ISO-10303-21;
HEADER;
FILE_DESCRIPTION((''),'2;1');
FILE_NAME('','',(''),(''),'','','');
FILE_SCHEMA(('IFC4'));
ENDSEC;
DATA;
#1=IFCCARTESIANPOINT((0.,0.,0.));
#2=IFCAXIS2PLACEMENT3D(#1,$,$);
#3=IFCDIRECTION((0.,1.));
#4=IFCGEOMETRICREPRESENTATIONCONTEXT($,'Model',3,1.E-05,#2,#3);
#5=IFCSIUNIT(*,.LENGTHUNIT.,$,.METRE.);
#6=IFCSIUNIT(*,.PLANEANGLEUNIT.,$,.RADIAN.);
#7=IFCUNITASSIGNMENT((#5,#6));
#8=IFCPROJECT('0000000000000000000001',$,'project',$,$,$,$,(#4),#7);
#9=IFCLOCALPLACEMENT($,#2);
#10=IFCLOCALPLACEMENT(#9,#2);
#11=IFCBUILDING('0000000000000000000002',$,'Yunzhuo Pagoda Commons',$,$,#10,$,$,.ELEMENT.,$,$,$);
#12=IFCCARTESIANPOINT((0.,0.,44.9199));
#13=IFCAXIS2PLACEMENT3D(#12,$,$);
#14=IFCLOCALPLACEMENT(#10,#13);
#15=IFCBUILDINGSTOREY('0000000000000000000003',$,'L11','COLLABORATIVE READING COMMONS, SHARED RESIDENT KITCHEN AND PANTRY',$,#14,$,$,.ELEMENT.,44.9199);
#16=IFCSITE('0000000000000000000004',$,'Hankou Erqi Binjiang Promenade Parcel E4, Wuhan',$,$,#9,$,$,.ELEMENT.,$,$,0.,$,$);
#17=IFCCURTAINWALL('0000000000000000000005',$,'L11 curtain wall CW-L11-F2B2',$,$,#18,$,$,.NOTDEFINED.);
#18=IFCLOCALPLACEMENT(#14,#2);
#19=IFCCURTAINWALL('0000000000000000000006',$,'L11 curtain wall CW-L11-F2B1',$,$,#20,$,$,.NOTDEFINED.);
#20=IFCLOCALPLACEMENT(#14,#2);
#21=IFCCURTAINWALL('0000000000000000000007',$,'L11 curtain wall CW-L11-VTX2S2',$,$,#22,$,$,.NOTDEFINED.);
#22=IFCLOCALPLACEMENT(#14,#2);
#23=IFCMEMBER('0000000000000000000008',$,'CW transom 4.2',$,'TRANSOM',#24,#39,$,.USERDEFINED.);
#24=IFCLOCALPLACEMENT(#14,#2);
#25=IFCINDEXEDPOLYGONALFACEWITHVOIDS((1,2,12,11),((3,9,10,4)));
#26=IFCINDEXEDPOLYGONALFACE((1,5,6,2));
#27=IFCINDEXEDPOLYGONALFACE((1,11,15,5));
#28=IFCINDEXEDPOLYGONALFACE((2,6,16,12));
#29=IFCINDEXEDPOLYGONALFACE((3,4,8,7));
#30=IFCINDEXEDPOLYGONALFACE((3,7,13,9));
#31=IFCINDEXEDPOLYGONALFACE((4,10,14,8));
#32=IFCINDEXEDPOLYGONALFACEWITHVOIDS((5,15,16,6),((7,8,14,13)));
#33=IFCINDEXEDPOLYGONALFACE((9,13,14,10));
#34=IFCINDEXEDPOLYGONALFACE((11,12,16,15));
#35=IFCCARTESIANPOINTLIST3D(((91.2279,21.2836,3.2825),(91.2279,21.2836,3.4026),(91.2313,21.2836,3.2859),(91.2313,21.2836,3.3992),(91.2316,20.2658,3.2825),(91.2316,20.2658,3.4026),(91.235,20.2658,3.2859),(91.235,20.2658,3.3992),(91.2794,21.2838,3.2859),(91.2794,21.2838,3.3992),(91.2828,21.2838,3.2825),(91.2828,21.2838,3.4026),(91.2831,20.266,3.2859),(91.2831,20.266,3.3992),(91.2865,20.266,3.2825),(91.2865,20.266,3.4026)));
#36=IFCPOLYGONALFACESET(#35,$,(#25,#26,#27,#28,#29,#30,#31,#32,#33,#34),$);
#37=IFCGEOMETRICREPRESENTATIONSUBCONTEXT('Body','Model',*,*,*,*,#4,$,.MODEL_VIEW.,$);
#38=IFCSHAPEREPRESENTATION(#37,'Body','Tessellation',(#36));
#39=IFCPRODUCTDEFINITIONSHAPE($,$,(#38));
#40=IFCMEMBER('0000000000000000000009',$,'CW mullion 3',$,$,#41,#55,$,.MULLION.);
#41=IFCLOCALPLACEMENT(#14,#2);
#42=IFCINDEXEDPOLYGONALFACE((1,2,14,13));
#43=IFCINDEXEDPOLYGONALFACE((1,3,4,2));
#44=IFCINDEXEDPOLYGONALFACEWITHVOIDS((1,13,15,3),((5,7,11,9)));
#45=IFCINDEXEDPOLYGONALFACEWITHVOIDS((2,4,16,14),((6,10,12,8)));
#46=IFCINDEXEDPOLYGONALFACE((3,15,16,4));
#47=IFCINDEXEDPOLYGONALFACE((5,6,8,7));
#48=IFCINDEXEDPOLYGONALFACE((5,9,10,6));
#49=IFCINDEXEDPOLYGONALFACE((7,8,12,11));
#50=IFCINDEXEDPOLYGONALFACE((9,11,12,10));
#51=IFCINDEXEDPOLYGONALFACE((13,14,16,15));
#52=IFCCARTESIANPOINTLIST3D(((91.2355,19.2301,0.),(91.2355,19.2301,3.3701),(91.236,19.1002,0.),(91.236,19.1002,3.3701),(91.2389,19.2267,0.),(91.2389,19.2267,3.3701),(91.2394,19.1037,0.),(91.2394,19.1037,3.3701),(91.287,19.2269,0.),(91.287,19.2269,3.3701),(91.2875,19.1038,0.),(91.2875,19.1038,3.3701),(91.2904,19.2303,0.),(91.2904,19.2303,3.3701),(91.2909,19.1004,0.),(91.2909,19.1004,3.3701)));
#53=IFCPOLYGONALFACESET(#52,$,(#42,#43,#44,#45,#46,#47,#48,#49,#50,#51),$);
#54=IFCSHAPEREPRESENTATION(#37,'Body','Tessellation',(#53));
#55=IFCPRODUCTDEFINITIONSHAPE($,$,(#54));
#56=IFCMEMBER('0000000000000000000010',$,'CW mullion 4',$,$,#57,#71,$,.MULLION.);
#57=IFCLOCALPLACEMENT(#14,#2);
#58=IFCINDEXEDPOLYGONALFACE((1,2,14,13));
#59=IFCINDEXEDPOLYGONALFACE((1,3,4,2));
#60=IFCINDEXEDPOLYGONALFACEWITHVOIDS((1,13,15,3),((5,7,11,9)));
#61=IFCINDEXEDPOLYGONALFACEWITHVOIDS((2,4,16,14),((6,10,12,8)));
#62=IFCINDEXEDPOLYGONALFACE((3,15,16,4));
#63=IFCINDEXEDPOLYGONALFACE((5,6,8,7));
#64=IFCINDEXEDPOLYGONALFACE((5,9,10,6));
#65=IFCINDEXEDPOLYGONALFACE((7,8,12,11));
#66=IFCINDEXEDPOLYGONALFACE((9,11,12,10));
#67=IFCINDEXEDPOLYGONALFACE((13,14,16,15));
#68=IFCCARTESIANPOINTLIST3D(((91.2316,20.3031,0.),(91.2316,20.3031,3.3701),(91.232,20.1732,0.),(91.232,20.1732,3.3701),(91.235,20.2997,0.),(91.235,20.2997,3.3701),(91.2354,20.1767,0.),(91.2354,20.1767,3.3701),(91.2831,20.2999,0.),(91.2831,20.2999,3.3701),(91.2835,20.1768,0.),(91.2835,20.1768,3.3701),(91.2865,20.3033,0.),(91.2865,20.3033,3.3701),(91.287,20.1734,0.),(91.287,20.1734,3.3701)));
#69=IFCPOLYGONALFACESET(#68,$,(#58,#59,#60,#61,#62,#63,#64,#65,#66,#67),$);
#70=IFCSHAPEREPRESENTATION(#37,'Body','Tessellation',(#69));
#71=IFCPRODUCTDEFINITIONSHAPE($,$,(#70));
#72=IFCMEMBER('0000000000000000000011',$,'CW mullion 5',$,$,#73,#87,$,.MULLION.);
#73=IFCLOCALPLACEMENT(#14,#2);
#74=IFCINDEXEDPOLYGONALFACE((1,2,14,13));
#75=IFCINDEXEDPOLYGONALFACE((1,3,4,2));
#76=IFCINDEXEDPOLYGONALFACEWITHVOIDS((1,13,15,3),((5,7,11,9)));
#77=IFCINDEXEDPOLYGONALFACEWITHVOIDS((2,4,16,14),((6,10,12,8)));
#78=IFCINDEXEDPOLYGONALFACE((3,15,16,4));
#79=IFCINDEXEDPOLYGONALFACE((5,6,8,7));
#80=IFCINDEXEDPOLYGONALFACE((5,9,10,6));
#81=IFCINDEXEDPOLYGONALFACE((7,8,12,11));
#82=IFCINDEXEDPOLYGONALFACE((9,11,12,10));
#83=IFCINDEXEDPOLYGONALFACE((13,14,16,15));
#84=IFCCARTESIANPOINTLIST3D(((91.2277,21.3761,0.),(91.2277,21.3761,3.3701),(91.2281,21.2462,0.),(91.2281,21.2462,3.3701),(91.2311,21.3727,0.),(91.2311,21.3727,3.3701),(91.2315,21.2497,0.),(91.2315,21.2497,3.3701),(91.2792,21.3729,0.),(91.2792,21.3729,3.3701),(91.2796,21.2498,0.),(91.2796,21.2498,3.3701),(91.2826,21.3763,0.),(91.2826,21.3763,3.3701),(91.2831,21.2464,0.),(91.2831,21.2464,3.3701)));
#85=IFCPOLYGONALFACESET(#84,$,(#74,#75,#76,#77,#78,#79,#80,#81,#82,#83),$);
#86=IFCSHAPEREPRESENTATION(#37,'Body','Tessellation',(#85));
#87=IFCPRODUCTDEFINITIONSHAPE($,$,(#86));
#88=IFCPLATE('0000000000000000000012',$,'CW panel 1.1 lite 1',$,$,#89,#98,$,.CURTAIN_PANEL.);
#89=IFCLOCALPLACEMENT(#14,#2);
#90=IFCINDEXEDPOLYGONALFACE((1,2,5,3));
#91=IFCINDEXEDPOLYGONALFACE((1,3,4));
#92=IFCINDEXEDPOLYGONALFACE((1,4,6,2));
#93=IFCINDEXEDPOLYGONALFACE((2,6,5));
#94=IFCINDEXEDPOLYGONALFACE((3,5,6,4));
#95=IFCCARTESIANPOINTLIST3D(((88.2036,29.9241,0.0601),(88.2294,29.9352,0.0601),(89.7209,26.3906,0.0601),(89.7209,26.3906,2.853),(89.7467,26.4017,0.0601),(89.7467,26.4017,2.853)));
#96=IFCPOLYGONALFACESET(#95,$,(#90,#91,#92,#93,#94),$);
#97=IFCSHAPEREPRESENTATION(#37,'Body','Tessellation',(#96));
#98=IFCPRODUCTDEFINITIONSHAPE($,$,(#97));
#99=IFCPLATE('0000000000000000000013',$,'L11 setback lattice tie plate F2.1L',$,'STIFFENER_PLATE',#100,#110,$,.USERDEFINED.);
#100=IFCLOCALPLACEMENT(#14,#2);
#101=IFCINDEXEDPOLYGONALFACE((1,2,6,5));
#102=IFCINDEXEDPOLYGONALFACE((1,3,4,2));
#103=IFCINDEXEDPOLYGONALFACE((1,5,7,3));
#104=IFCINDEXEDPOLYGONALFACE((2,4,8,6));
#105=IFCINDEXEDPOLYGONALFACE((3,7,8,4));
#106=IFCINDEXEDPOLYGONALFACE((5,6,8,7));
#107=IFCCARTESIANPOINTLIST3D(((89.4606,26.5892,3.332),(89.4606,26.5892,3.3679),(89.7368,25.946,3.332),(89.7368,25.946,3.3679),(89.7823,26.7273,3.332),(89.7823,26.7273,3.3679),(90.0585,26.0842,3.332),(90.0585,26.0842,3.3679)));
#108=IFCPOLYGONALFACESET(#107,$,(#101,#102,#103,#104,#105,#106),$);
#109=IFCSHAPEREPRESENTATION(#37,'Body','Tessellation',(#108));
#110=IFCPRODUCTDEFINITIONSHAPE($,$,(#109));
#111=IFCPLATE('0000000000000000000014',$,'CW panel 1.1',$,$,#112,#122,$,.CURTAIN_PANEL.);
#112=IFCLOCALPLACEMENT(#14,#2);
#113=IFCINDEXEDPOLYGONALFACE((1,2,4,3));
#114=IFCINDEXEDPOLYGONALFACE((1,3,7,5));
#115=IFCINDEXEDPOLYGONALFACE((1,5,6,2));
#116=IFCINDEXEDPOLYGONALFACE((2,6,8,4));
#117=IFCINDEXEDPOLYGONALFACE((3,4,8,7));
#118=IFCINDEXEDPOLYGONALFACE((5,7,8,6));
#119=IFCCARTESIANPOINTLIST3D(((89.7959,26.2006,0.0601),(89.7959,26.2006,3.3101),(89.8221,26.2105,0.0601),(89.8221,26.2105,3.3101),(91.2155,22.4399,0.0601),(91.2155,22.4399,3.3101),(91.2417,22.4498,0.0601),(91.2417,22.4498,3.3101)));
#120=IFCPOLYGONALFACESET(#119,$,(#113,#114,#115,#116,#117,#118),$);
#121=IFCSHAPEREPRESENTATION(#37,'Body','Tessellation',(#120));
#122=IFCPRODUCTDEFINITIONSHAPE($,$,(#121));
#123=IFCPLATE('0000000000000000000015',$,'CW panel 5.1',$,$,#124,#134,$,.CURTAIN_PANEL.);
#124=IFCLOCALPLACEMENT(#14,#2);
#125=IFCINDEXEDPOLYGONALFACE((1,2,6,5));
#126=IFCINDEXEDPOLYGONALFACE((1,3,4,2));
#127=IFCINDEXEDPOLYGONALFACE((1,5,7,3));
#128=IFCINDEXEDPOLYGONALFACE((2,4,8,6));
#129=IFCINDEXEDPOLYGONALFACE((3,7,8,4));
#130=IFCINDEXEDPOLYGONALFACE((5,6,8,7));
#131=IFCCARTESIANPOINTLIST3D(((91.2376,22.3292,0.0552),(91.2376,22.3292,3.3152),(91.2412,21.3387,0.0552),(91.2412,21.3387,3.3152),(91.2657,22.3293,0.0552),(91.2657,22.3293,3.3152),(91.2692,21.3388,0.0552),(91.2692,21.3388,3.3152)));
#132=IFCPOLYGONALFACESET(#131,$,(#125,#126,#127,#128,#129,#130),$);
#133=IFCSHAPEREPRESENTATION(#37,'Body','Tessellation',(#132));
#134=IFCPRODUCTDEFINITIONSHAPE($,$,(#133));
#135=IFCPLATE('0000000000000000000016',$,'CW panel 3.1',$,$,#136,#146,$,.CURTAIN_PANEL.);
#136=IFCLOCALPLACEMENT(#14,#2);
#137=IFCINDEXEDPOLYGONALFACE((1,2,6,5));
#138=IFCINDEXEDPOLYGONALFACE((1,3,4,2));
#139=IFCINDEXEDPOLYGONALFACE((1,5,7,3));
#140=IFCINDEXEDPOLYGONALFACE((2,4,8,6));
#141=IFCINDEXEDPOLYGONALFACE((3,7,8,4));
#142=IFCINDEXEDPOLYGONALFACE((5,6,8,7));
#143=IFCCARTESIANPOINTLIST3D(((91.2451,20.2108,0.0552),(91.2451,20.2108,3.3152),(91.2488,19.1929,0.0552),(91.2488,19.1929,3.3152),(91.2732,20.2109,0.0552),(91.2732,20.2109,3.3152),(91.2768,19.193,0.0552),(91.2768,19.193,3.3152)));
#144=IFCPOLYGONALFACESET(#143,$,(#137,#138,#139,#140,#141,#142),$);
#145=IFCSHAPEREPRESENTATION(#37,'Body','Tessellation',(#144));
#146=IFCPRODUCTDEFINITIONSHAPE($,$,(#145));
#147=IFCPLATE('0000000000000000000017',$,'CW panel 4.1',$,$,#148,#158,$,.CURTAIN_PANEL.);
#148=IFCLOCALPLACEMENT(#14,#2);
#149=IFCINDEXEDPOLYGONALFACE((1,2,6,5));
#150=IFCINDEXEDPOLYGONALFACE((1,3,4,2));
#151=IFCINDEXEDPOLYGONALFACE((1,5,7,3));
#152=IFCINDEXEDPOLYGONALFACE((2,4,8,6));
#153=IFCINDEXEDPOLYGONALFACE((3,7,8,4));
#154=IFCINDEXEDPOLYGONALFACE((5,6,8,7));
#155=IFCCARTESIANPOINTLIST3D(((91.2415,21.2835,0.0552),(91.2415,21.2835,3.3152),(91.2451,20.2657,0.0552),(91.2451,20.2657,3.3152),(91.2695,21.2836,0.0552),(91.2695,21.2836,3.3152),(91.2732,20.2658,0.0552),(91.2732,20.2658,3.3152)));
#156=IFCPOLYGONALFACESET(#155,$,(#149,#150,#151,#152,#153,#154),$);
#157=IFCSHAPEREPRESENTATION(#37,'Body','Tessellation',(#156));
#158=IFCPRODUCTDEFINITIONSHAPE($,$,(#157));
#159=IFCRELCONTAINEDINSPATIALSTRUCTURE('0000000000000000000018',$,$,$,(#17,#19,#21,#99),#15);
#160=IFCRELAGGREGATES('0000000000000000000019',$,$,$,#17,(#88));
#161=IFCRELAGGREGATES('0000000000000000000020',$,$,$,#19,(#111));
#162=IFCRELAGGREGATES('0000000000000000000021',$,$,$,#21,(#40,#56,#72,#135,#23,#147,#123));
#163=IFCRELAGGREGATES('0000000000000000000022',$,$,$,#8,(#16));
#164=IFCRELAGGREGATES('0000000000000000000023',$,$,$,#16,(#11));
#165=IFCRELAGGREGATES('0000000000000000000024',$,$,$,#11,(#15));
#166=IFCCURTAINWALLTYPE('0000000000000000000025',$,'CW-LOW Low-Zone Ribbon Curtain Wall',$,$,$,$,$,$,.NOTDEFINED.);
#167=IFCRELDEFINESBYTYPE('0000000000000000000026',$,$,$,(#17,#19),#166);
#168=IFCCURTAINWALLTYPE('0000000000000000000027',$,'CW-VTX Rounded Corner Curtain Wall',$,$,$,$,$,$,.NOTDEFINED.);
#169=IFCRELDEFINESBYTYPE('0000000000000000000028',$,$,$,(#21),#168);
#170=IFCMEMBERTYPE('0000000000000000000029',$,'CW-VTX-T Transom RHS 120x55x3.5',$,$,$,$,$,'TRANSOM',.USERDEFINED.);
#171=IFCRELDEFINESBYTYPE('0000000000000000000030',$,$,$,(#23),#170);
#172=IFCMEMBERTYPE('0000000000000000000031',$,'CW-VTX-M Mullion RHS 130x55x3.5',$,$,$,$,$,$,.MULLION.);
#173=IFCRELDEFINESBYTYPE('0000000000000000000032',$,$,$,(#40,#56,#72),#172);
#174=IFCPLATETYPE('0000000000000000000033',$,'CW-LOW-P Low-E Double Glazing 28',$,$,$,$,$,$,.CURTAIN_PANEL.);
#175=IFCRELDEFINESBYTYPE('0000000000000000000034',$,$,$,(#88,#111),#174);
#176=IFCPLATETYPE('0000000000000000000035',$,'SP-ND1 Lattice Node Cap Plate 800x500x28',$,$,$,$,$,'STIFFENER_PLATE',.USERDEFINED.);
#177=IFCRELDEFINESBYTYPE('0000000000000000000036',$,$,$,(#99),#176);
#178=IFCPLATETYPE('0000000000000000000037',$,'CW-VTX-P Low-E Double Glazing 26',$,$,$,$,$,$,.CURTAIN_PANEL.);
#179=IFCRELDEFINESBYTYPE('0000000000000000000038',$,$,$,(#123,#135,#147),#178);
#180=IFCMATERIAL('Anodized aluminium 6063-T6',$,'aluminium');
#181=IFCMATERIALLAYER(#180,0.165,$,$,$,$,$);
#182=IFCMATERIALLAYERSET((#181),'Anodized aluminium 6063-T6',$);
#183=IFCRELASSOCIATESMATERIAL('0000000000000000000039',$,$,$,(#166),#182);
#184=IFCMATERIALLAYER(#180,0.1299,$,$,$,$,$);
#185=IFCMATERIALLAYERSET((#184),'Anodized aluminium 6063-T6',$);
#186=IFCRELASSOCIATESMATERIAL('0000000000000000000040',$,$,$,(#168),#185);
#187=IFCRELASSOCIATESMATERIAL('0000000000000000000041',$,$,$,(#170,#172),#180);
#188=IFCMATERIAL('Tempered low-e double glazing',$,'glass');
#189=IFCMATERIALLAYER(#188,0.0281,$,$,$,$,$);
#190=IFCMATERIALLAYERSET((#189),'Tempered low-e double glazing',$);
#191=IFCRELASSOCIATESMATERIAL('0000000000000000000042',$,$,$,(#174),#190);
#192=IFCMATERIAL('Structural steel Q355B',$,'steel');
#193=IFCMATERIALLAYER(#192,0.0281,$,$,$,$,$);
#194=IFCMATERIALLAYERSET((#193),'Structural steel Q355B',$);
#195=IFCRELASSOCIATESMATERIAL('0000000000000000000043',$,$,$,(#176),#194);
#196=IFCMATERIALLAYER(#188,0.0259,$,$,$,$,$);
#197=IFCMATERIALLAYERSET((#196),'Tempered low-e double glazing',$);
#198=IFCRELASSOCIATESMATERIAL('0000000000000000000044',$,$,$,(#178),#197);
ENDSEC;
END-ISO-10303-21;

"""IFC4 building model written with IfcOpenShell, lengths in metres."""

from ifc_helpers import new_model, si_unit, direction, frame, origin, origin_2d, place, context, subcontext, project, spatial, polyline, rectangle, hollow_rectangle, outline, extrude, source, transform, mapped, material, layer, layer_set, material_profile, profile_set, type_object, element, aggregate, save


model = new_model("IFC4")

# Units and contexts
model_context = context("Model", 3, precision=1e-05, world=origin(), true_north=direction((0.0, 1.0)))
body_context = subcontext(model_context, "Body", "Model", "MODEL_VIEW")
ifc_project = project(units=[si_unit("LENGTHUNIT", "METRE"), si_unit("PLANEANGLEUNIT", "RADIAN")], contexts=[model_context])

# Site, building, storey
site_placement = place(None, origin())
site = spatial("IfcSite", under=ifc_project, at=site_placement, Name="Hankou Erqi Binjiang Promenade Parcel E4, Wuhan", CompositionType="ELEMENT", RefElevation=0.0)
building_placement = place(site_placement, origin())
building = spatial("IfcBuilding", under=site, at=building_placement, Name="Yunzhuo Pagoda Commons", CompositionType="ELEMENT")
storey_placement = place(building_placement, frame((0.0, 0.0, 44.9199)))
storey = spatial("IfcBuildingStorey", under=building, at=storey_placement, Name="L11", Description="COLLABORATIVE READING COMMONS, SHARED RESIDENT KITCHEN AND PANTRY", CompositionType="ELEMENT", Elevation=44.9199)

# Shared definitions
ifc_material_1 = material(Name="Structural steel Q355B", Category="steel")

# Curtain wall
ifc_material_2 = material(Name="Anodized aluminium 6063-T6", Category="aluminium")
ifc_layer_1 = layer(ifc_material_2, 0.165)
ifc_layer_set_1 = layer_set([ifc_layer_1], Name="Anodized aluminium 6063-T6")
curtain_wall_type_1 = type_object("IfcCurtainWallType", Name="CW-LOW Low-Zone Ribbon Curtain Wall", PredefinedType="NOTDEFINED", material=ifc_layer_set_1)
curtain_wall_1_placement = place(storey_placement, origin())
curtain_wall_1 = element("IfcCurtainWall", 1, at=curtain_wall_1_placement, inside=storey, type_object=curtain_wall_type_1, Name="L11 curtain wall CW-L11-F2B2", PredefinedType="NOTDEFINED")

# Curtain wall
curtain_wall_2_placement = place(storey_placement, origin())
curtain_wall_2 = element("IfcCurtainWall", 2, at=curtain_wall_2_placement, inside=storey, type_object=curtain_wall_type_1, Name="L11 curtain wall CW-L11-F2B1", PredefinedType="NOTDEFINED")

# Curtain wall, members
ifc_layer_2 = layer(ifc_material_2, 0.1299)
ifc_layer_set_2 = layer_set([ifc_layer_2], Name="Anodized aluminium 6063-T6")
curtain_wall_type_2 = type_object("IfcCurtainWallType", Name="CW-VTX Rounded Corner Curtain Wall", PredefinedType="NOTDEFINED", material=ifc_layer_set_2)
curtain_wall_3_placement = place(storey_placement, origin())
curtain_wall_3 = element("IfcCurtainWall", 3, at=curtain_wall_3_placement, inside=storey, type_object=curtain_wall_type_2, Name="L11 curtain wall CW-L11-VTX2S2", PredefinedType="NOTDEFINED")
ifc_material_profile_1 = material_profile(ifc_material_2, hollow_rectangle(XDim=0.0549, YDim=0.1201, WallThickness=0.0034, at=origin_2d()), Name="Anodized aluminium 6063-T6")
ifc_profile_set_1 = profile_set([ifc_material_profile_1], Name="Anodized aluminium 6063-T6")
member_type_1 = type_object("IfcMemberType", Name="CW-VTX-T Transom RHS 120x55x3.5", ElementType="TRANSOM", PredefinedType="USERDEFINED", material=ifc_profile_set_1)
shared_shape_1 = source(origin(), body_context, "Body", "SweptSolid", [
    extrude(hollow_rectangle(XDim=0.0549, YDim=0.1201, WallThickness=0.0034, at=origin_2d()), origin(), (0.0, 0.0, 1.0), 1.0178),
])
member_1_placement = place(storey_placement, frame((91.259, 20.2659, 3.3425), z_axis=(-0.003598, 0.999994, 0.0), x_axis=(-0.999994, -0.003598, 0.0)))
member_1 = element("IfcMember", 4, at=member_1_placement, type_object=member_type_1, Name="CW transom 4.2", ObjectType="TRANSOM", PredefinedType="USERDEFINED", context=body_context, shape_type="MappedRepresentation", body=[
    mapped(shared_shape_1, transform((0.0, 0.0, 0.0), scale=1.0)),
])
ifc_material_profile_2 = material_profile(ifc_material_2, hollow_rectangle(XDim=0.0549, YDim=0.1299, WallThickness=0.0034, at=origin_2d()), Name="Anodized aluminium 6063-T6")
ifc_profile_set_2 = profile_set([ifc_material_profile_2], Name="Anodized aluminium 6063-T6")
member_type_2 = type_object("IfcMemberType", Name="CW-VTX-M Mullion RHS 130x55x3.5", PredefinedType="MULLION", material=ifc_profile_set_2)
shared_shape_2 = source(origin(), body_context, "Body", "SweptSolid", [
    extrude(hollow_rectangle(XDim=0.0549, YDim=0.1299, WallThickness=0.0034, at=origin_2d()), origin(), (0.0, 0.0, 1.0), 3.3701),
])
member_2_placement = place(storey_placement, frame((91.2632, 19.1653, 0.0), z_axis=(0.0, 0.0, 1.0), x_axis=(-0.999994, -0.003579, 0.0)))
member_2 = element("IfcMember", 5, at=member_2_placement, type_object=member_type_2, Name="CW mullion 3", PredefinedType="MULLION", context=body_context, shape_type="MappedRepresentation", body=[
    mapped(shared_shape_2, transform((0.0, 0.0, 0.0), scale=1.0)),
])
member_3_placement = place(storey_placement, frame((91.2593, 20.2383, 0.0), z_axis=(0.0, 0.0, 1.0), x_axis=(-0.999994, -0.003579, 0.0)))
member_3 = element("IfcMember", 6, at=member_3_placement, type_object=member_type_2, Name="CW mullion 4", PredefinedType="MULLION", context=body_context, shape_type="MappedRepresentation", body=[
    mapped(shared_shape_2, transform((0.0, 0.0, 0.0), scale=1.0)),
])
member_4_placement = place(storey_placement, frame((91.2554, 21.3113, 0.0), z_axis=(0.0, 0.0, 1.0), x_axis=(-0.999994, -0.003579, 0.0)))
member_4 = element("IfcMember", 7, at=member_4_placement, type_object=member_type_2, Name="CW mullion 5", PredefinedType="MULLION", context=body_context, shape_type="MappedRepresentation", body=[
    mapped(shared_shape_2, transform((0.0, 0.0, 0.0), scale=1.0)),
])

# Plates
ifc_material_3 = material(Name="Tempered low-e double glazing", Category="glass")
ifc_layer_3 = layer(ifc_material_3, 0.0281)
ifc_layer_set_3 = layer_set([ifc_layer_3], Name="Tempered low-e double glazing")
plate_type_1 = type_object("IfcPlateType", Name="CW-LOW-P Low-E Double Glazing 28", PredefinedType="CURTAIN_PANEL", material=ifc_layer_set_3)
plate_1_placement = place(storey_placement, frame((88.9622, 28.1575, 1.4565), z_axis=(0.918866, 0.394571, 0.0), x_axis=(-0.394571, 0.918866, 0.0)))
plate_1 = element("IfcPlate", 8, at=plate_1_placement, type_object=plate_type_1, Name="CW panel 1.1 lite 1", PredefinedType="CURTAIN_PANEL", context=body_context, shape_type="SweptSolid", body=[
    extrude(outline(polyline([(-1.9229, -1.3965), (1.9226, -1.3965), (-1.9229, 1.3965), (-1.9229, -1.3965)])), origin(), (0.0, 0.0, 1.0), 0.0281),
])
aggregate(curtain_wall_1, [plate_1])
ifc_layer_4 = layer(ifc_material_1, 0.0281)
ifc_layer_set_4 = layer_set([ifc_layer_4], Name="Structural steel Q355B")
plate_type_2 = type_object("IfcPlateType", Name="SP-ND1 Lattice Node Cap Plate 800x500x28", ElementType="STIFFENER_PLATE", PredefinedType="USERDEFINED", material=ifc_layer_set_4)
shared_shape_3 = source(origin(), body_context, "Body", "SweptSolid", [
    extrude(rectangle(XDim=0.7, YDim=0.3501, at=origin_2d()), origin(), (0.0, 0.0, 1.0), 0.0359),
])
plate_2_placement = place(storey_placement, frame((89.7595, 26.3367, 3.332), z_axis=(0.0, 0.0, 1.0), x_axis=(-0.394567, 0.918867, 0.0)))
element("IfcPlate", 9, at=plate_2_placement, inside=storey, type_object=plate_type_2, Name="L11 setback lattice tie plate F2.1L", ObjectType="STIFFENER_PLATE", PredefinedType="USERDEFINED", context=body_context, shape_type="MappedRepresentation", body=[
    mapped(shared_shape_3, transform((0.0, 0.0, 0.0), scale=1.0)),
])
shared_shape_4 = source(origin(), body_context, "Body", "SweptSolid", [
    extrude(rectangle(XDim=4.0198, YDim=0.0281, at=origin_2d()), origin(), (0.0, 0.0, 1.0), 3.25),
])
plate_3_placement = place(storey_placement, frame((90.5188, 24.3252, 0.0601), z_axis=(0.0, 0.0, 1.0), x_axis=(-0.353151, 0.935566, 0.0)))
plate_3 = element("IfcPlate", 10, at=plate_3_placement, type_object=plate_type_1, Name="CW panel 1.1", PredefinedType="CURTAIN_PANEL", context=body_context, shape_type="MappedRepresentation", body=[
    mapped(shared_shape_4, transform((0.0, 0.0, 0.0), scale=1.0)),
])
aggregate(curtain_wall_2, [plate_3])
ifc_layer_5 = layer(ifc_material_3, 0.0259)
ifc_layer_set_5 = layer_set([ifc_layer_5], Name="Tempered low-e double glazing")
plate_type_3 = type_object("IfcPlateType", Name="CW-VTX-P Low-E Double Glazing 26", PredefinedType="CURTAIN_PANEL", material=ifc_layer_set_5)
shared_shape_5 = source(origin(), body_context, "Body", "SweptSolid", [
    extrude(rectangle(XDim=0.9905, YDim=0.0281, at=origin_2d()), origin(), (0.0, 0.0, 1.0), 3.26),
])
plate_4_placement = place(storey_placement, frame((91.2534, 21.834, 0.0552), z_axis=(0.0, 0.0, 1.0), x_axis=(-0.003579, 0.999994, 0.0)))
plate_4 = element("IfcPlate", 11, at=plate_4_placement, type_object=plate_type_3, Name="CW panel 5.1", PredefinedType="CURTAIN_PANEL", context=body_context, shape_type="MappedRepresentation", body=[
    mapped(shared_shape_5, transform((0.0, 0.0, 0.0), scale=1.0)),
])
shared_shape_6 = source(origin(), body_context, "Body", "SweptSolid", [
    extrude(rectangle(XDim=1.0178, YDim=0.0281, at=origin_2d()), origin(), (0.0, 0.0, 1.0), 3.26),
])
plate_5_placement = place(storey_placement, frame((91.261, 19.7019, 0.0552), z_axis=(0.0, 0.0, 1.0), x_axis=(-0.003579, 0.999994, 0.0)))
plate_5 = element("IfcPlate", 12, at=plate_5_placement, type_object=plate_type_3, Name="CW panel 3.1", PredefinedType="CURTAIN_PANEL", context=body_context, shape_type="MappedRepresentation", body=[
    mapped(shared_shape_6, transform((0.0, 0.0, 0.0), scale=1.0)),
])
plate_6_placement = place(storey_placement, frame((91.2573, 20.7747, 0.0552), z_axis=(0.0, 0.0, 1.0), x_axis=(-0.003579, 0.999994, 0.0)))
plate_6 = element("IfcPlate", 13, at=plate_6_placement, type_object=plate_type_3, Name="CW panel 4.1", PredefinedType="CURTAIN_PANEL", context=body_context, shape_type="MappedRepresentation", body=[
    mapped(shared_shape_6, transform((0.0, 0.0, 0.0), scale=1.0)),
])
aggregate(curtain_wall_3, [member_2, member_3, member_4, plate_5, member_1, plate_6, plate_4])

save(model, "model.ifc")
